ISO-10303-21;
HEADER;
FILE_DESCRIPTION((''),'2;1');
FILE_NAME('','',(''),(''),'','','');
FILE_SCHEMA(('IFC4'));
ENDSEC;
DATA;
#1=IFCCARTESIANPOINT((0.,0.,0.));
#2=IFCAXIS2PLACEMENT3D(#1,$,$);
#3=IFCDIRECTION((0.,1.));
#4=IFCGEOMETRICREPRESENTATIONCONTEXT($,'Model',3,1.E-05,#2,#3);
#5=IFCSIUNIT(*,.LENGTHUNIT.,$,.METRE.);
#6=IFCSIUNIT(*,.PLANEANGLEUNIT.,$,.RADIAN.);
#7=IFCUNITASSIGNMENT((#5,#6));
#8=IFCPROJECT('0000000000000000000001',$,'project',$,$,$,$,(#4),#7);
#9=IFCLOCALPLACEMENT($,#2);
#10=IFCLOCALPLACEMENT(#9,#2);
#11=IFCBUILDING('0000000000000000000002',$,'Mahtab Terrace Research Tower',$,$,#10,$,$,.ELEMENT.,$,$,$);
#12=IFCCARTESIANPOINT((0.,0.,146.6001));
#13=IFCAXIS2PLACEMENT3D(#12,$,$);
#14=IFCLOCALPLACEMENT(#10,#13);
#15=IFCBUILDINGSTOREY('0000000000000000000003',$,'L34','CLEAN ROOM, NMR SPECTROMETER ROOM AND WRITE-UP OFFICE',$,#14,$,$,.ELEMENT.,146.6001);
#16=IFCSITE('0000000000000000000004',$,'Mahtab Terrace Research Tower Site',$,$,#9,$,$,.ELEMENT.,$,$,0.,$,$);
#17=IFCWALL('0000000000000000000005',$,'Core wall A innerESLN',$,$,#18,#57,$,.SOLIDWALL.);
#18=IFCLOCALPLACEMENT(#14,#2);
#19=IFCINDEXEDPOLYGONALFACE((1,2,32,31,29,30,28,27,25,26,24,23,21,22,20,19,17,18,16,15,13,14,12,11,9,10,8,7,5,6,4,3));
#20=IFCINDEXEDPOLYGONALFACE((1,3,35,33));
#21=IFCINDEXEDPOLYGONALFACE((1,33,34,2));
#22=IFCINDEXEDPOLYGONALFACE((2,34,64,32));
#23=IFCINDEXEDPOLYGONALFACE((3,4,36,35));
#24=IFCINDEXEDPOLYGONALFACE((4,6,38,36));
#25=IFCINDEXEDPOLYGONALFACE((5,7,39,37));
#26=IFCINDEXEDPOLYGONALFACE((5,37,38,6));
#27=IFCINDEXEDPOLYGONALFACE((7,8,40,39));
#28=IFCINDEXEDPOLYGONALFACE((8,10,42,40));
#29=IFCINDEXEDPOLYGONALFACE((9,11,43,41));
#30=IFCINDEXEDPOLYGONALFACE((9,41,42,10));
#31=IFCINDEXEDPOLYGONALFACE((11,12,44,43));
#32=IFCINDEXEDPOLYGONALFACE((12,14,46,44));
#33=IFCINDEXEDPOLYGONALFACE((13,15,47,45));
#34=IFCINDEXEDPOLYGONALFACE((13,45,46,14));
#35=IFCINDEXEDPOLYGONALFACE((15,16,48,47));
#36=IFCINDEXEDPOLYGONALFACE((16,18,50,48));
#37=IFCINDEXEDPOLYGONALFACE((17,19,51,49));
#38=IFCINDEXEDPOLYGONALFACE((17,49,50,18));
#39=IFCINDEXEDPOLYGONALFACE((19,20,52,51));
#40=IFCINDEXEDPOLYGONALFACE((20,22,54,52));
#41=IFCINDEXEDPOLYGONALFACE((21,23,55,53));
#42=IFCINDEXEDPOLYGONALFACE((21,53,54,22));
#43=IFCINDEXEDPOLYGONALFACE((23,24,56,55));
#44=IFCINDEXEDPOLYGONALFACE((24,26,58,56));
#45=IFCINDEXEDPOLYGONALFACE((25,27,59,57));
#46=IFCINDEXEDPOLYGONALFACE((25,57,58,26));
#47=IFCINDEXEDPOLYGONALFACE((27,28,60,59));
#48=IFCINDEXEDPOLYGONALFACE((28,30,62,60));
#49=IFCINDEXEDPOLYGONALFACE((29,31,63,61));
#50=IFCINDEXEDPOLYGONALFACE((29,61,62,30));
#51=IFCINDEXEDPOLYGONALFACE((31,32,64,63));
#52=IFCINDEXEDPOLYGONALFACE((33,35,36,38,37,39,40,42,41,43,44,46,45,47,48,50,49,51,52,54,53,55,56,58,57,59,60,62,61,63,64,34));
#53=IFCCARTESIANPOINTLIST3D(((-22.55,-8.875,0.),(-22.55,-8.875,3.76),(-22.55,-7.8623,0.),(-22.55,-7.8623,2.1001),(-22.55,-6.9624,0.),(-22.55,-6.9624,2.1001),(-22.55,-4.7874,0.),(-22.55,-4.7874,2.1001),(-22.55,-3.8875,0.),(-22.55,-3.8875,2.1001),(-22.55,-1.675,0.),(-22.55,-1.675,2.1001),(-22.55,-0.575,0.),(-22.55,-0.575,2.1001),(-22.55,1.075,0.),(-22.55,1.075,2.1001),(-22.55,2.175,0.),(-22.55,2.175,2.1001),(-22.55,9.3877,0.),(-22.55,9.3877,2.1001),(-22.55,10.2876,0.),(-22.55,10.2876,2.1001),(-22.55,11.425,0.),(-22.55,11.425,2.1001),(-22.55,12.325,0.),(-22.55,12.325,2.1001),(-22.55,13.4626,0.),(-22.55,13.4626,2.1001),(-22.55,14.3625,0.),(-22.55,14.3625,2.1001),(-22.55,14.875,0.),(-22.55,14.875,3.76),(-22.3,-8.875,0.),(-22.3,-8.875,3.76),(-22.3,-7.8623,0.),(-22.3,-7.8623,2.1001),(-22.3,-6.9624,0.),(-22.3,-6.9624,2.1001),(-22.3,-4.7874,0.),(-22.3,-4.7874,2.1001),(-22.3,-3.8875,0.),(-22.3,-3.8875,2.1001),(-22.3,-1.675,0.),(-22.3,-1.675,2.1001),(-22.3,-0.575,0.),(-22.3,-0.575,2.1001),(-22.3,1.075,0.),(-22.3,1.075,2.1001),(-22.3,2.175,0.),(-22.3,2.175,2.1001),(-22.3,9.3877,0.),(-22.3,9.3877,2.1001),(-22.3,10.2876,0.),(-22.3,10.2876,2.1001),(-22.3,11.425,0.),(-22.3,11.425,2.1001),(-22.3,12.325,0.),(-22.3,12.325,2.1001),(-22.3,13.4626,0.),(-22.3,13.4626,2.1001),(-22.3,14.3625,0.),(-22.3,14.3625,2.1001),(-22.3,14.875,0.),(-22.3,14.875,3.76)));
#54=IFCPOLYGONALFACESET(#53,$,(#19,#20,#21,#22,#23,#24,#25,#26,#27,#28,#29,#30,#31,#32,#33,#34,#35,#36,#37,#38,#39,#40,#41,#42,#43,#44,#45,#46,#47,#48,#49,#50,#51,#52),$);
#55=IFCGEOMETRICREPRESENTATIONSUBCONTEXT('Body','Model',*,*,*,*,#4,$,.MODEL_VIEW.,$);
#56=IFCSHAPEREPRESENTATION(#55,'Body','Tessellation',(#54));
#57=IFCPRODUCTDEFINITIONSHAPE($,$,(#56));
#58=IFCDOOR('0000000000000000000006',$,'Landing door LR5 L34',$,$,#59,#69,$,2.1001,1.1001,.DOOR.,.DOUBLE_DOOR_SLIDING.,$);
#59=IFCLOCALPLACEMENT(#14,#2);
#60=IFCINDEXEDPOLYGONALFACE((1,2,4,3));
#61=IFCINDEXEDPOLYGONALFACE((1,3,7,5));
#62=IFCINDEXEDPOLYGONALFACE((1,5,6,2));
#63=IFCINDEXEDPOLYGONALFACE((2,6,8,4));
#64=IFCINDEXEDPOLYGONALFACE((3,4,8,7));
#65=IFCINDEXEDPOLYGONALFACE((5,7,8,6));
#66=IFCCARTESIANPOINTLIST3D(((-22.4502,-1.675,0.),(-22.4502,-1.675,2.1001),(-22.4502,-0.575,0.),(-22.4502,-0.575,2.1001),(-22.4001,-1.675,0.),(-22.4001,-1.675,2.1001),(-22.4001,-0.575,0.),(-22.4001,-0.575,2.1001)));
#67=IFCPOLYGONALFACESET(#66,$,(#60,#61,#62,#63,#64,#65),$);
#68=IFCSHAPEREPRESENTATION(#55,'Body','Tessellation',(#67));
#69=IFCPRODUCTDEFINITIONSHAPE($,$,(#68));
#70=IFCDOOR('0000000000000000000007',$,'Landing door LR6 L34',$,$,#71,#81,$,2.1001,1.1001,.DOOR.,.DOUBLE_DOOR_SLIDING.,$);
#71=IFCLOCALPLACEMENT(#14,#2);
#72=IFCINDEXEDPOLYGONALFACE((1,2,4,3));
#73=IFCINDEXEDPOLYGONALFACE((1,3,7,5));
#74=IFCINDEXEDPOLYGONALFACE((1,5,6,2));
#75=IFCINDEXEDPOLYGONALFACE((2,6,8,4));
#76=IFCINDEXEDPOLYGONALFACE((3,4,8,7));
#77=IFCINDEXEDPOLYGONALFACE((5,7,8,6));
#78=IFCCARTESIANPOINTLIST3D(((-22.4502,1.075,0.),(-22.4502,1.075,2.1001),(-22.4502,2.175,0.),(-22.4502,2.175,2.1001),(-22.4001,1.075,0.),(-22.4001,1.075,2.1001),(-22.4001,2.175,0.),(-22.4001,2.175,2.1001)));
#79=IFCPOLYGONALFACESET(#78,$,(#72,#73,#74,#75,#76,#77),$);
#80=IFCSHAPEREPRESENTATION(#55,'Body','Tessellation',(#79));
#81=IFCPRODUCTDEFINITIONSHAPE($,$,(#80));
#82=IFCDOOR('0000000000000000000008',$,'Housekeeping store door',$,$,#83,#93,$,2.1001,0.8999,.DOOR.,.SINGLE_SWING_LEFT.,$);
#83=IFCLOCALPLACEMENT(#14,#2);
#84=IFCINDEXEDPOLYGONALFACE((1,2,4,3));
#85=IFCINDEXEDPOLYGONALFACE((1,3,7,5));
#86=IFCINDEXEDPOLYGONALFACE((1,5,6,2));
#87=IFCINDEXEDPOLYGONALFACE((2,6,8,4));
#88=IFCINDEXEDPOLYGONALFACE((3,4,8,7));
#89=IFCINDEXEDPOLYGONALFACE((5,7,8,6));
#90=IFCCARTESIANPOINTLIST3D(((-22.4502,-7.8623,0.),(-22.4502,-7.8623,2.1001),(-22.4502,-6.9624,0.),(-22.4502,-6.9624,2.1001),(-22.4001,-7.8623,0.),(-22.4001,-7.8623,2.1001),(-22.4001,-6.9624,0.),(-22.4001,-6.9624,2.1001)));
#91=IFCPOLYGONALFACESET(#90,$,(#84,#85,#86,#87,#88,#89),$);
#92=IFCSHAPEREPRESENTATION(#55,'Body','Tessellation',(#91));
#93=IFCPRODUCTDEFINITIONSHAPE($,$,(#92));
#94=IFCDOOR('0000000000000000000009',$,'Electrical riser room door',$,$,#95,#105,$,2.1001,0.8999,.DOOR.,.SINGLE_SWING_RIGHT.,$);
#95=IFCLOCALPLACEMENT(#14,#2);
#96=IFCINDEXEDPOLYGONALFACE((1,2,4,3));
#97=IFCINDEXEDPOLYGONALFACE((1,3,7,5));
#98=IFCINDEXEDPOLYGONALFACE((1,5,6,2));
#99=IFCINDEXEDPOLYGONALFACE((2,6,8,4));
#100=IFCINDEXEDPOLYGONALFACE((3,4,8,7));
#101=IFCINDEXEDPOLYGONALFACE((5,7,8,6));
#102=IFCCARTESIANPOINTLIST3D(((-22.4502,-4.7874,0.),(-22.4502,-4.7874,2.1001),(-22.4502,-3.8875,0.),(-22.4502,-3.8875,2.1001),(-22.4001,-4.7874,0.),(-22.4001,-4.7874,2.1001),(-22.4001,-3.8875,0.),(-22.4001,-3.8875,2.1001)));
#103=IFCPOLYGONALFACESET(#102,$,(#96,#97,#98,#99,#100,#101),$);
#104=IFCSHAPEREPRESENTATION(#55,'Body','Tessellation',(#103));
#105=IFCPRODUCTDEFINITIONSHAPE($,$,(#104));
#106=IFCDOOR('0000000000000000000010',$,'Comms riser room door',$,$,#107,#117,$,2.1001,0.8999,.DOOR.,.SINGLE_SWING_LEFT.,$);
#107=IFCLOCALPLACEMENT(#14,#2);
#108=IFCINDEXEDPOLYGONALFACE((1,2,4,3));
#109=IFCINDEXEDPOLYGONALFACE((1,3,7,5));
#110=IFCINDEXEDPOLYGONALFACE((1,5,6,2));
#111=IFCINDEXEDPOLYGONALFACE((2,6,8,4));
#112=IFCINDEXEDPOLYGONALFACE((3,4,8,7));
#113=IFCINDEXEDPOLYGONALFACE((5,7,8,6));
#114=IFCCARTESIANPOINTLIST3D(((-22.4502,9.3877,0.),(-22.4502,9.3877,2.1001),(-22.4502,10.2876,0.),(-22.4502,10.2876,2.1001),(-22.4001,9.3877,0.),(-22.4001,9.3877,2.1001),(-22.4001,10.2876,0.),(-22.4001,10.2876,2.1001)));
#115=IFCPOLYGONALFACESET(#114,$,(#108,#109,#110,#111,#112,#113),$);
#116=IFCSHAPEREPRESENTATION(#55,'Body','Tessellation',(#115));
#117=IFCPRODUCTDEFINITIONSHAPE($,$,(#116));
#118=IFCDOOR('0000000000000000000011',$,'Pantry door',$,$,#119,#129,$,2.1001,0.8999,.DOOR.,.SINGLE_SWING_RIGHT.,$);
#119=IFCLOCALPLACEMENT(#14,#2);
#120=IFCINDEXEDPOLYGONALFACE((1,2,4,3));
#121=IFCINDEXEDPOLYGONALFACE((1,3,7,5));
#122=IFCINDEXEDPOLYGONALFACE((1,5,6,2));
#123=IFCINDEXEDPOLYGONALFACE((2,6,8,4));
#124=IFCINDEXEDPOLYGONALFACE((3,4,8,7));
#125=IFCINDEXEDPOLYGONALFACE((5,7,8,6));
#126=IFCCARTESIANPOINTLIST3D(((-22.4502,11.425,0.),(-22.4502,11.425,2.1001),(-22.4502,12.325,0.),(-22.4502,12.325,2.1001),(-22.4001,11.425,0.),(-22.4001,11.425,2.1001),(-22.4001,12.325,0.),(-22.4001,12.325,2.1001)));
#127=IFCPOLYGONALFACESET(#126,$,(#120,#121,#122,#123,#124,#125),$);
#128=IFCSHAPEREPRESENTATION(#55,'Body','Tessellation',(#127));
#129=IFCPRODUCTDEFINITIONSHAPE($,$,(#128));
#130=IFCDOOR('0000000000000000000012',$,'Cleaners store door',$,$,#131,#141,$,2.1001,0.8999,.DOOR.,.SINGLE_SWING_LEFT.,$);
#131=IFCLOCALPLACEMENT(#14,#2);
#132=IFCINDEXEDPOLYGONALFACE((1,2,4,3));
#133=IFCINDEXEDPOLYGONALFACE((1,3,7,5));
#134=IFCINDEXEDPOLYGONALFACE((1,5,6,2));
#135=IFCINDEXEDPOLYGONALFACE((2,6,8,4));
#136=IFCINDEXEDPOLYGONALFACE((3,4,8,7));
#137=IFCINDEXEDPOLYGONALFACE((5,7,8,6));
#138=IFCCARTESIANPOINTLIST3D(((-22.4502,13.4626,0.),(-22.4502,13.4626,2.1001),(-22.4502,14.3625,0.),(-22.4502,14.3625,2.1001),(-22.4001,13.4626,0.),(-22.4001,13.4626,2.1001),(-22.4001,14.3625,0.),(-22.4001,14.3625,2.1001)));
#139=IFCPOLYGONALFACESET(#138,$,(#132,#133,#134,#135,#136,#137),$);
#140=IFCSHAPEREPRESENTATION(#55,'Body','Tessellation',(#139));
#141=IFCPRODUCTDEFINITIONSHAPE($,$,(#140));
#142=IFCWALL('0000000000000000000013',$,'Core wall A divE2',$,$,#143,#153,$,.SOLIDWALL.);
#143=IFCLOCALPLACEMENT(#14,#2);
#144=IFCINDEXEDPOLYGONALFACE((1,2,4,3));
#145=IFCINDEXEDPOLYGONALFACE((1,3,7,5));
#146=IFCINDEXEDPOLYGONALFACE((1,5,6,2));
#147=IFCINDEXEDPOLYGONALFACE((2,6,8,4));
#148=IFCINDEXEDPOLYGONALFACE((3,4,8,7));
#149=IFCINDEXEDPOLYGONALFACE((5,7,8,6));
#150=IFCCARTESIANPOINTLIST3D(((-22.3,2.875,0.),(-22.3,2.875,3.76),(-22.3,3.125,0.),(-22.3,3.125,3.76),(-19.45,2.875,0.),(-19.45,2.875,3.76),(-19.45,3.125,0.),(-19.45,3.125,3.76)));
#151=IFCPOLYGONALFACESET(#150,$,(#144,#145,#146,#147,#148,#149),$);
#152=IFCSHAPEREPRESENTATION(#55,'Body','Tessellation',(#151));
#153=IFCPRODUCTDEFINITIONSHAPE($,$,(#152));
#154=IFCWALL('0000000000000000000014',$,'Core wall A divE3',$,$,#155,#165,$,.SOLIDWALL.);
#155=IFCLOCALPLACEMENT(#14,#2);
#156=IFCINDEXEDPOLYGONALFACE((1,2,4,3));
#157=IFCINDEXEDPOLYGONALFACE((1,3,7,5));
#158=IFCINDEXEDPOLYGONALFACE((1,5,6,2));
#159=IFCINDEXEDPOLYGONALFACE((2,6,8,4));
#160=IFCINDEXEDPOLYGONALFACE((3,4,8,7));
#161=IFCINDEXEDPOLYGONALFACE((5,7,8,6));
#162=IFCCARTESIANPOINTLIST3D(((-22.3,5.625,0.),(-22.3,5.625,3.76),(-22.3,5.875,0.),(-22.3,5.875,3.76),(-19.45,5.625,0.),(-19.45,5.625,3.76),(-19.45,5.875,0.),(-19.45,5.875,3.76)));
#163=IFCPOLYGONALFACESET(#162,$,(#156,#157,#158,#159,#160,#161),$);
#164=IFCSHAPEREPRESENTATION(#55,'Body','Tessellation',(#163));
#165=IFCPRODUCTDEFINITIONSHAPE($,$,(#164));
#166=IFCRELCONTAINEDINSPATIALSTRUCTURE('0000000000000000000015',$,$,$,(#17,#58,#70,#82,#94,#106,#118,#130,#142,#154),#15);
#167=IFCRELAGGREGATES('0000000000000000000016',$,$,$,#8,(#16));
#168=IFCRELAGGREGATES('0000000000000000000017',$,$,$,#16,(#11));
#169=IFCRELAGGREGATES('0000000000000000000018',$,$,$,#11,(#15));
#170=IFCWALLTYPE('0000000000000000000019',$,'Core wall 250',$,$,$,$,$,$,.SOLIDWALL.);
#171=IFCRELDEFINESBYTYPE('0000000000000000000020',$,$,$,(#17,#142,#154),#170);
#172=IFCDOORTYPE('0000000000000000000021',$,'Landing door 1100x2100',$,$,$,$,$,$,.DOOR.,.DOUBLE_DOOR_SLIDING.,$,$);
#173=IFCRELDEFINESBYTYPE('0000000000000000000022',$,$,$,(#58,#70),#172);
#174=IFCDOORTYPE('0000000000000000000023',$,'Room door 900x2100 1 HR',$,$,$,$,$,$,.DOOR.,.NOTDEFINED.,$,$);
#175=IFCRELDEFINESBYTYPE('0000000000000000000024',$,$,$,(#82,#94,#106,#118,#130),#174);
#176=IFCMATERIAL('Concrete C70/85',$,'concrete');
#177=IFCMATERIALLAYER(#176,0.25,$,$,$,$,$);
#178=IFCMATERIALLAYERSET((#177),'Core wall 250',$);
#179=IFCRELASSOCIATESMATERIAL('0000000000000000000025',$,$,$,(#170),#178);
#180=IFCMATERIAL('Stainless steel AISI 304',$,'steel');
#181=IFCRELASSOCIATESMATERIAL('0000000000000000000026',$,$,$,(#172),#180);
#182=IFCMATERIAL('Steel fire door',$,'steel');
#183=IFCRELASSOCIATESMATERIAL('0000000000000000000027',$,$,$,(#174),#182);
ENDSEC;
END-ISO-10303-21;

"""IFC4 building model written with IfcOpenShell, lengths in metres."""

from ifc_helpers import new_model, si_unit, direction, frame, frame_2d, origin, place, context, subcontext, project, spatial, rectangle, extrude, material, layer, layer_set, type_object, element, fill, save


model = new_model("IFC4")

# Units and contexts
model_context = context("Model", 3, precision=1e-05, world=origin(), true_north=direction((0.0, 1.0)))
body_context = subcontext(model_context, "Body", "Model", "MODEL_VIEW")
ifc_project = project(units=[si_unit("LENGTHUNIT", "METRE"), si_unit("PLANEANGLEUNIT", "RADIAN")], contexts=[model_context])

# Site, building, storey
site_placement = place(None, origin())
site = spatial("IfcSite", under=ifc_project, at=site_placement, Name="Mahtab Terrace Research Tower Site", CompositionType="ELEMENT", RefElevation=0.0)
building_placement = place(site_placement, origin())
building = spatial("IfcBuilding", under=site, at=building_placement, Name="Mahtab Terrace Research Tower", CompositionType="ELEMENT")
storey_placement = place(building_placement, frame((0.0, 0.0, 146.6001)))
storey = spatial("IfcBuildingStorey", under=building, at=storey_placement, Name="L34", Description="CLEAN ROOM, NMR SPECTROMETER ROOM AND WRITE-UP OFFICE", CompositionType="ELEMENT", Elevation=146.6001)

# Shared definitions
ifc_material_1 = material(Name="Concrete C70/85", Category="concrete")

# Shared definitions
ifc_layer_1 = layer(ifc_material_1, 0.25)
ifc_layer_set_1 = layer_set([ifc_layer_1], Name="Core wall 250")
wall_type_1 = type_object("IfcWallType", Name="Core wall 250", PredefinedType="SOLIDWALL", material=ifc_layer_set_1)
ifc_material_2 = material(Name="Steel fire door", Category="steel")

# Wall, openings, doors
wall_1_placement = place(storey_placement, frame((-22.425, 14.875, 0.0), z_axis=(0.0, 0.0, 1.0), x_axis=(0.0, -1.0, 0.0)))
wall_1 = element("IfcWall", 1, at=wall_1_placement, inside=storey, type_object=wall_type_1, Name="Core wall A innerESLN", PredefinedType="SOLIDWALL", context=body_context, shape_type="SweptSolid", body=[
    extrude(rectangle(XDim=23.75, YDim=0.25, at=frame_2d((11.875, 0.0))), origin(), (0.0, 0.0, 1.0), 3.76),
])
opening_1_placement = place(wall_1_placement, frame((15.45, 0.0, 0.0)))
opening_1 = element("IfcOpeningElement", 2, at=opening_1_placement, cuts=wall_1, PredefinedType="OPENING", context=body_context, shape_type="SweptSolid", body=[
    extrude(rectangle(XDim=1.1001, YDim=2.1001, at=frame_2d((0.55, 1.05))), frame((0.0, 0.135, 0.0), z_axis=(0.0, -1.0, 0.0), x_axis=(1.0, 0.0, 0.0)), (0.0, 0.0, 1.0), 0.27),
])
opening_2_placement = place(wall_1_placement, frame((12.7, 0.0, 0.0)))
opening_2 = element("IfcOpeningElement", 3, at=opening_2_placement, cuts=wall_1, PredefinedType="OPENING", context=body_context, shape_type="SweptSolid", body=[
    extrude(rectangle(XDim=1.1001, YDim=2.1001, at=frame_2d((0.55, 1.05))), frame((0.0, 0.135, 0.0), z_axis=(0.0, -1.0, 0.0), x_axis=(1.0, 0.0, 0.0)), (0.0, 0.0, 1.0), 0.27),
])
opening_3_placement = place(wall_1_placement, frame((21.8374, 0.0, 0.0)))
opening_3 = element("IfcOpeningElement", 4, at=opening_3_placement, cuts=wall_1, PredefinedType="OPENING", context=body_context, shape_type="SweptSolid", body=[
    extrude(rectangle(XDim=0.8999, YDim=2.1001, at=frame_2d((0.45, 1.05))), frame((0.0, 0.135, 0.0), z_axis=(0.0, -1.0, 0.0), x_axis=(1.0, 0.0, 0.0)), (0.0, 0.0, 1.0), 0.27),
])
opening_4_placement = place(wall_1_placement, frame((18.7625, 0.0, 0.0)))
opening_4 = element("IfcOpeningElement", 5, at=opening_4_placement, cuts=wall_1, PredefinedType="OPENING", context=body_context, shape_type="SweptSolid", body=[
    extrude(rectangle(XDim=0.8999, YDim=2.1001, at=frame_2d((0.45, 1.05))), frame((0.0, 0.135, 0.0), z_axis=(0.0, -1.0, 0.0), x_axis=(1.0, 0.0, 0.0)), (0.0, 0.0, 1.0), 0.27),
])
opening_5_placement = place(wall_1_placement, frame((4.5874, 0.0, 0.0)))
opening_5 = element("IfcOpeningElement", 6, at=opening_5_placement, cuts=wall_1, PredefinedType="OPENING", context=body_context, shape_type="SweptSolid", body=[
    extrude(rectangle(XDim=0.8999, YDim=2.1001, at=frame_2d((0.45, 1.05))), frame((0.0, 0.135, 0.0), z_axis=(0.0, -1.0, 0.0), x_axis=(1.0, 0.0, 0.0)), (0.0, 0.0, 1.0), 0.27),
])
opening_6_placement = place(wall_1_placement, frame((2.55, 0.0, 0.0)))
opening_6 = element("IfcOpeningElement", 7, at=opening_6_placement, cuts=wall_1, PredefinedType="OPENING", context=body_context, shape_type="SweptSolid", body=[
    extrude(rectangle(XDim=0.8999, YDim=2.1001, at=frame_2d((0.45, 1.05))), frame((0.0, 0.135, 0.0), z_axis=(0.0, -1.0, 0.0), x_axis=(1.0, 0.0, 0.0)), (0.0, 0.0, 1.0), 0.27),
])
opening_7_placement = place(wall_1_placement, frame((0.5125, 0.0, 0.0)))
opening_7 = element("IfcOpeningElement", 8, at=opening_7_placement, cuts=wall_1, PredefinedType="OPENING", context=body_context, shape_type="SweptSolid", body=[
    extrude(rectangle(XDim=0.8999, YDim=2.1001, at=frame_2d((0.45, 1.05))), frame((0.0, 0.135, 0.0), z_axis=(0.0, -1.0, 0.0), x_axis=(1.0, 0.0, 0.0)), (0.0, 0.0, 1.0), 0.27),
])
ifc_material_3 = material(Name="Stainless steel AISI 304", Category="steel")
door_type_1 = type_object("IfcDoorType", Name="Landing door 1100x2100", OperationType="DOUBLE_DOOR_SLIDING", PredefinedType="DOOR", material=ifc_material_3)
door_1_placement = place(opening_1_placement, origin())
door_1 = element("IfcDoor", 9, at=door_1_placement, inside=storey, type_object=door_type_1, Name="Landing door LR5 L34", OperationType="DOUBLE_DOOR_SLIDING", OverallHeight=2.1001, OverallWidth=1.1001, PredefinedType="DOOR", context=body_context, shape_type="SweptSolid", body=[
    extrude(rectangle(XDim=1.1001, YDim=2.1001, at=frame_2d((0.55, 1.05))), frame((0.0, 0.0249, 0.0), z_axis=(0.0, -1.0, 0.0), x_axis=(1.0, 0.0, 0.0)), (0.0, 0.0, 1.0), 0.05),
])
fill(opening_1, door_1)
door_2_placement = place(opening_2_placement, origin())
door_2 = element("IfcDoor", 10, at=door_2_placement, inside=storey, type_object=door_type_1, Name="Landing door LR6 L34", OperationType="DOUBLE_DOOR_SLIDING", OverallHeight=2.1001, OverallWidth=1.1001, PredefinedType="DOOR", context=body_context, shape_type="SweptSolid", body=[
    extrude(rectangle(XDim=1.1001, YDim=2.1001, at=frame_2d((0.55, 1.05))), frame((0.0, 0.0249, 0.0), z_axis=(0.0, -1.0, 0.0), x_axis=(1.0, 0.0, 0.0)), (0.0, 0.0, 1.0), 0.05),
])
fill(opening_2, door_2)
door_type_2 = type_object("IfcDoorType", Name="Room door 900x2100 1 HR", OperationType="NOTDEFINED", PredefinedType="DOOR", material=ifc_material_2)
door_3_placement = place(opening_3_placement, origin())
door_3 = element("IfcDoor", 11, at=door_3_placement, inside=storey, type_object=door_type_2, Name="Housekeeping store door", OperationType="SINGLE_SWING_LEFT", OverallHeight=2.1001, OverallWidth=0.8999, PredefinedType="DOOR", context=body_context, shape_type="SweptSolid", body=[
    extrude(rectangle(XDim=0.8999, YDim=2.1001, at=frame_2d((0.45, 1.05))), frame((0.0, 0.0249, 0.0), z_axis=(0.0, -1.0, 0.0), x_axis=(1.0, 0.0, 0.0)), (0.0, 0.0, 1.0), 0.05),
])
fill(opening_3, door_3)
door_4_placement = place(opening_4_placement, origin())
door_4 = element("IfcDoor", 12, at=door_4_placement, inside=storey, type_object=door_type_2, Name="Electrical riser room door", OperationType="SINGLE_SWING_RIGHT", OverallHeight=2.1001, OverallWidth=0.8999, PredefinedType="DOOR", context=body_context, shape_type="SweptSolid", body=[
    extrude(rectangle(XDim=0.8999, YDim=2.1001, at=frame_2d((0.45, 1.05))), frame((0.0, 0.0249, 0.0), z_axis=(0.0, -1.0, 0.0), x_axis=(1.0, 0.0, 0.0)), (0.0, 0.0, 1.0), 0.05),
])
fill(opening_4, door_4)
door_5_placement = place(opening_5_placement, origin())
door_5 = element("IfcDoor", 13, at=door_5_placement, inside=storey, type_object=door_type_2, Name="Comms riser room door", OperationType="SINGLE_SWING_LEFT", OverallHeight=2.1001, OverallWidth=0.8999, PredefinedType="DOOR", context=body_context, shape_type="SweptSolid", body=[
    extrude(rectangle(XDim=0.8999, YDim=2.1001, at=frame_2d((0.45, 1.05))), frame((0.0, 0.0249, 0.0), z_axis=(0.0, -1.0, 0.0), x_axis=(1.0, 0.0, 0.0)), (0.0, 0.0, 1.0), 0.05),
])
fill(opening_5, door_5)
door_6_placement = place(opening_6_placement, origin())
door_6 = element("IfcDoor", 14, at=door_6_placement, inside=storey, type_object=door_type_2, Name="Pantry door", OperationType="SINGLE_SWING_RIGHT", OverallHeight=2.1001, OverallWidth=0.8999, PredefinedType="DOOR", context=body_context, shape_type="SweptSolid", body=[
    extrude(rectangle(XDim=0.8999, YDim=2.1001, at=frame_2d((0.45, 1.05))), frame((0.0, 0.0249, 0.0), z_axis=(0.0, -1.0, 0.0), x_axis=(1.0, 0.0, 0.0)), (0.0, 0.0, 1.0), 0.05),
])
fill(opening_6, door_6)
door_7_placement = place(opening_7_placement, origin())
door_7 = element("IfcDoor", 15, at=door_7_placement, inside=storey, type_object=door_type_2, Name="Cleaners store door", OperationType="SINGLE_SWING_LEFT", OverallHeight=2.1001, OverallWidth=0.8999, PredefinedType="DOOR", context=body_context, shape_type="SweptSolid", body=[
    extrude(rectangle(XDim=0.8999, YDim=2.1001, at=frame_2d((0.45, 1.05))), frame((0.0, 0.0249, 0.0), z_axis=(0.0, -1.0, 0.0), x_axis=(1.0, 0.0, 0.0)), (0.0, 0.0, 1.0), 0.05),
])
fill(opening_7, door_7)

# Walls
for number, where, z_axis, x_axis, name in (
    (16, (-22.3, 3.0, 0.0), (0.0, 0.0, 1.0), (1.0, 0.0, 0.0), "Core wall A divE2"),
    (17, (-22.3, 5.75, 0.0), (0.0, 0.0, 1.0), (1.0, 0.0, 0.0), "Core wall A divE3"),
):
    element("IfcWall", number, at=place(storey_placement, frame(where, z_axis=z_axis, x_axis=x_axis)), inside=storey, type_object=wall_type_1, Name=name, PredefinedType="SOLIDWALL", context=body_context, shape_type="SweptSolid", body=[
        extrude(rectangle(XDim=2.8501, YDim=0.25, at=frame_2d((1.425, 0.0))), origin(), (0.0, 0.0, 1.0), 3.76),
    ])

save(model, "model.ifc")
